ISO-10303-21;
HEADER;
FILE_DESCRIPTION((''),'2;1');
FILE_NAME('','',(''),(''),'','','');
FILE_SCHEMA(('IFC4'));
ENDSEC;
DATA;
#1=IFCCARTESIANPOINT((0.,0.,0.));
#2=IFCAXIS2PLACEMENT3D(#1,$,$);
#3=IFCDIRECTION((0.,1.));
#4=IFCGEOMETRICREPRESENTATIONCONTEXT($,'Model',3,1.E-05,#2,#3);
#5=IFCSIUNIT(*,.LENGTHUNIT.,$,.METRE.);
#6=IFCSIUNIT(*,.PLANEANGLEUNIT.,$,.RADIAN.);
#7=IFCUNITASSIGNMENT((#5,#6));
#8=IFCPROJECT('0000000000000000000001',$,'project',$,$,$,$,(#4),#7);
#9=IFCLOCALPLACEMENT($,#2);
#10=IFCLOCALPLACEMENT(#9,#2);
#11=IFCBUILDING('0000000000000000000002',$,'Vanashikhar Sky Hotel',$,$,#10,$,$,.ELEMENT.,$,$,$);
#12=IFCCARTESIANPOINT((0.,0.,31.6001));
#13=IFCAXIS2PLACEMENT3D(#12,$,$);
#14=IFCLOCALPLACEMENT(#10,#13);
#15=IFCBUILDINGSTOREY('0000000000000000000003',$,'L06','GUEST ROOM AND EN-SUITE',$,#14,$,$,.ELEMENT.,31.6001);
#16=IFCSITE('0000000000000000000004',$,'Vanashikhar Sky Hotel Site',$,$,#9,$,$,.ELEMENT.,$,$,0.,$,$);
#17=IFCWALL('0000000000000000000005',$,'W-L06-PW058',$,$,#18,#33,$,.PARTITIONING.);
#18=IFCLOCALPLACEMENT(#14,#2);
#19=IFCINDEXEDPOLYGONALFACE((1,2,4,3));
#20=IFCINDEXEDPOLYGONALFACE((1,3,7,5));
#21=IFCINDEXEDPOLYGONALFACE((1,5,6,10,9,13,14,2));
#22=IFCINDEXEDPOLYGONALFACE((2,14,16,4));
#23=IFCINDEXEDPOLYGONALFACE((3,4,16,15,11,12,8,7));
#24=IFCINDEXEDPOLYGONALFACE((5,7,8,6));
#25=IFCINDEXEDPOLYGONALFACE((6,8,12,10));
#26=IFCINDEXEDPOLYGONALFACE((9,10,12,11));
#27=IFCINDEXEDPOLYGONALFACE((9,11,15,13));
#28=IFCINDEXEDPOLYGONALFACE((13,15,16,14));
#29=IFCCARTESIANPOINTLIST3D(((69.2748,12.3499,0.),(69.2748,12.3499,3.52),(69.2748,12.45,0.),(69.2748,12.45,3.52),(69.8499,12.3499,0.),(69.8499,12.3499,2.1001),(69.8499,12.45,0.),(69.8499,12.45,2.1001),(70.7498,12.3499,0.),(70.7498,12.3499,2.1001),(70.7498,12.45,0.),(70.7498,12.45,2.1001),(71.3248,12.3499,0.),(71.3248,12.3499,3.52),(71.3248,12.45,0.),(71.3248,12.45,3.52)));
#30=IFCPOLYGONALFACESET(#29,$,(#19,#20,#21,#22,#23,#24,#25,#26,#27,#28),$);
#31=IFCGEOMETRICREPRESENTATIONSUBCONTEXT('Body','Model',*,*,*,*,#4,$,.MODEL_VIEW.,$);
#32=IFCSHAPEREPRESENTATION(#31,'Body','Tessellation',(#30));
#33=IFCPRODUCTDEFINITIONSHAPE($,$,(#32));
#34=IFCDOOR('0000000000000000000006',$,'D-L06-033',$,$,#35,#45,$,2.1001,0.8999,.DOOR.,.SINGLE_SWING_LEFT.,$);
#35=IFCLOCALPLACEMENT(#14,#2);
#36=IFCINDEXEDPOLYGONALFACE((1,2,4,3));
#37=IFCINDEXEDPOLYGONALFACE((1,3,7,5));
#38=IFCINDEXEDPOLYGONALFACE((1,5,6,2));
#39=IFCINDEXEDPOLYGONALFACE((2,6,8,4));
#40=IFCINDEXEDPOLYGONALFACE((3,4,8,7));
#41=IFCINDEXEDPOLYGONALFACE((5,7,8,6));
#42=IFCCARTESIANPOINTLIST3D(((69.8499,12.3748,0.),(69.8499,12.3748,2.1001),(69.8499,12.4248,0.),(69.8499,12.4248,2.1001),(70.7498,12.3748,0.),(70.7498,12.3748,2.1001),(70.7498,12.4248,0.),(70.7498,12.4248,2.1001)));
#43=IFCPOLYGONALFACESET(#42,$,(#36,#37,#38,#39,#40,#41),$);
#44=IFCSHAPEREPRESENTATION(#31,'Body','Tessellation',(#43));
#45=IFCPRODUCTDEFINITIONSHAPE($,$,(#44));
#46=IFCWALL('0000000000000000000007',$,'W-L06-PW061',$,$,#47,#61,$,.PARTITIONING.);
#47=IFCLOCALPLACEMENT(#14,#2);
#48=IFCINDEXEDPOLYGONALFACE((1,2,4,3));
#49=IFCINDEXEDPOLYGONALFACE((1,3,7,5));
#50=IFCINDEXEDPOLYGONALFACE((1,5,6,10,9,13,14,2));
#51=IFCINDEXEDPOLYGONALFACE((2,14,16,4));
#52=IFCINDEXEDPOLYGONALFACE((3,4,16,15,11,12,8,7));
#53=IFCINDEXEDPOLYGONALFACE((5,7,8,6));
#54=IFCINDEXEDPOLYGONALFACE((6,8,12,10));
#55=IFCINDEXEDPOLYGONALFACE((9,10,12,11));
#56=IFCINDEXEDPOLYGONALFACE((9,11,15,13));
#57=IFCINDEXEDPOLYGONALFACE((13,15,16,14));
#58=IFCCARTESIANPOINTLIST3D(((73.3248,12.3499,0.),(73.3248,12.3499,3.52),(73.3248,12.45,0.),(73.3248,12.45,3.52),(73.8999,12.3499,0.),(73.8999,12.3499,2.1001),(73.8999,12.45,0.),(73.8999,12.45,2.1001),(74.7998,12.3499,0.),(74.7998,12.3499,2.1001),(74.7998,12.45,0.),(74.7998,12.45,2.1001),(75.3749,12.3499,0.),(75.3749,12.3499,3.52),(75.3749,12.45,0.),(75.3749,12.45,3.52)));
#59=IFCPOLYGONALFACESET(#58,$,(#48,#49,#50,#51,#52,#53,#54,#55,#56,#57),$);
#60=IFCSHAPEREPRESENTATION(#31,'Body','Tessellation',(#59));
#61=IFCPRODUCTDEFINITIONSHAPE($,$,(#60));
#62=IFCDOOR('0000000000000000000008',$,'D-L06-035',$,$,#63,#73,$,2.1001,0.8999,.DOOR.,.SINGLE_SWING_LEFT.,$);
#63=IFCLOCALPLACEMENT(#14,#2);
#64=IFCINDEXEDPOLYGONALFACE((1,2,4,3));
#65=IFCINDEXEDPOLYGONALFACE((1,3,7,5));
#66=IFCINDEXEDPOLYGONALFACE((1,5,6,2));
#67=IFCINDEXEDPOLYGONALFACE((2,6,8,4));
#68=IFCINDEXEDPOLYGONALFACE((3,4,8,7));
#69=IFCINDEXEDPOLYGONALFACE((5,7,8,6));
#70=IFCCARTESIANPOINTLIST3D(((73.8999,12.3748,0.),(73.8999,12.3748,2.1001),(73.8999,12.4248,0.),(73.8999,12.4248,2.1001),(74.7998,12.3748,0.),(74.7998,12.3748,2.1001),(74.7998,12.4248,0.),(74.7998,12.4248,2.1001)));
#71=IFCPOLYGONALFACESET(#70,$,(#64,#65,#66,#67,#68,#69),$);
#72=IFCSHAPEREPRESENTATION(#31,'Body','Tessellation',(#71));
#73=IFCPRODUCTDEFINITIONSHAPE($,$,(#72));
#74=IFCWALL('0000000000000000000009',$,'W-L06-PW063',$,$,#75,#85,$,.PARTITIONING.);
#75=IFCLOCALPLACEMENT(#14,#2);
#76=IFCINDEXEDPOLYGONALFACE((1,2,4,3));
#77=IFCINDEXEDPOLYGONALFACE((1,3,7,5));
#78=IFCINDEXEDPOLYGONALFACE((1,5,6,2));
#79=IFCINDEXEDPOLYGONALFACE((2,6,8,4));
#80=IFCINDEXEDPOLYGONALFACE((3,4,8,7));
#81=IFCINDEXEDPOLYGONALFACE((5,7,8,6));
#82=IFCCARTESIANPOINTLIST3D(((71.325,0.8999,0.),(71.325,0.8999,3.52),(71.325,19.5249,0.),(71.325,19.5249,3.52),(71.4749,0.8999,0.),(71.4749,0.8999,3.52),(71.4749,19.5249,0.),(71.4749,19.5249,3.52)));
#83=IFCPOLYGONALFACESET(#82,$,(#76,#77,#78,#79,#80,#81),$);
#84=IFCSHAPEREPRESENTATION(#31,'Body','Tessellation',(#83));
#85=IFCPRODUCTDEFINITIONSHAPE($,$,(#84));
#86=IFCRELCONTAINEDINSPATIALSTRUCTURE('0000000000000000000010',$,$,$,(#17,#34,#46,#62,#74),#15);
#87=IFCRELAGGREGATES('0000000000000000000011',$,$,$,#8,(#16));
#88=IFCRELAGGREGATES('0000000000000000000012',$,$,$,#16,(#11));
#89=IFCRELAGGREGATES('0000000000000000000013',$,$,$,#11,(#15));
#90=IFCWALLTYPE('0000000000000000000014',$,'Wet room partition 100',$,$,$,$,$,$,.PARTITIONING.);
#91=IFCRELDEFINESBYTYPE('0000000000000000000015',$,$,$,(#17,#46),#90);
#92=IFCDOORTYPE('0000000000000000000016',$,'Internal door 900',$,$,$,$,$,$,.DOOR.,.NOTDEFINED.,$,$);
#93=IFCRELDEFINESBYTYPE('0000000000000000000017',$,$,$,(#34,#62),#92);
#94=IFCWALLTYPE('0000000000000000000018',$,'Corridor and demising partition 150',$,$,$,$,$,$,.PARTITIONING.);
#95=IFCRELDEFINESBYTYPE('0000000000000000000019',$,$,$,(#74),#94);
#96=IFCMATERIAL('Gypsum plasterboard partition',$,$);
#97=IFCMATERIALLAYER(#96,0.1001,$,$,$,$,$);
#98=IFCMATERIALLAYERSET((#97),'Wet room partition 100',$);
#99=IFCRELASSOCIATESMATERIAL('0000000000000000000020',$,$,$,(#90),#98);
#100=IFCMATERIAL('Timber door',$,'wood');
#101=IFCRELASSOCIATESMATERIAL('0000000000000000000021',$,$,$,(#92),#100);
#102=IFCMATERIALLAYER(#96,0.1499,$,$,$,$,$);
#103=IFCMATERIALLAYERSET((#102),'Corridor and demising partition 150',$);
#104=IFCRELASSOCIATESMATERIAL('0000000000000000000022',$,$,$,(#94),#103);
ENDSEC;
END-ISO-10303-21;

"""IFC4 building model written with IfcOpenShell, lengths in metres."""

from ifc_helpers import new_model, si_unit, direction, frame, frame_2d, origin, place, context, subcontext, project, spatial, rectangle, extrude, source, transform, mapped, material, layer, layer_set, type_object, element, fill, save


model = new_model("IFC4")

# Units and contexts
model_context = context("Model", 3, precision=1e-05, world=origin(), true_north=direction((0.0, 1.0)))
body_context = subcontext(model_context, "Body", "Model", "MODEL_VIEW")
ifc_project = project(units=[si_unit("LENGTHUNIT", "METRE"), si_unit("PLANEANGLEUNIT", "RADIAN")], contexts=[model_context])

# Site, building, storey
site_placement = place(None, origin())
site = spatial("IfcSite", under=ifc_project, at=site_placement, Name="Vanashikhar Sky Hotel Site", CompositionType="ELEMENT", RefElevation=0.0)
building_placement = place(site_placement, origin())
building = spatial("IfcBuilding", under=site, at=building_placement, Name="Vanashikhar Sky Hotel", CompositionType="ELEMENT")
storey_placement = place(building_placement, frame((0.0, 0.0, 31.6001)))
storey = spatial("IfcBuildingStorey", under=building, at=storey_placement, Name="L06", Description="GUEST ROOM AND EN-SUITE", CompositionType="ELEMENT", Elevation=31.6001)

# Walls, openings, doors
ifc_material_1 = material(Name="Gypsum plasterboard partition")
ifc_layer_1 = layer(ifc_material_1, 0.1001)
ifc_layer_set_1 = layer_set([ifc_layer_1], Name="Wet room partition 100")
wall_type_1 = type_object("IfcWallType", Name="Wet room partition 100", PredefinedType="PARTITIONING", material=ifc_layer_set_1)
shared_shape_1 = source(origin(), body_context, "Body", "SweptSolid", [
    extrude(rectangle(XDim=2.05, YDim=0.1001, at=frame_2d((1.0249, 0.0))), origin(), (0.0, 0.0, 1.0), 3.52),
])
shared_shape_2 = source(origin(), body_context, "Body", "SweptSolid", [
    extrude(rectangle(XDim=0.8999, YDim=2.1001, at=frame_2d((0.45, 1.05))), frame((0.0, 0.0601, 0.0), z_axis=(0.0, -1.0, 0.0), x_axis=(1.0, 0.0, 0.0)), (0.0, 0.0, 1.0), 0.1201),
])
ifc_material_2 = material(Name="Timber door", Category="wood")
door_type_1 = type_object("IfcDoorType", Name="Internal door 900", OperationType="NOTDEFINED", PredefinedType="DOOR", material=ifc_material_2)
shared_shape_3 = source(origin(), body_context, "Body", "SweptSolid", [
    extrude(rectangle(XDim=0.8999, YDim=2.1001, at=frame_2d((0.45, 1.05))), frame((0.0, 0.0249, 0.0), z_axis=(0.0, -1.0, 0.0), x_axis=(1.0, 0.0, 0.0)), (0.0, 0.0, 1.0), 0.05),
])
wall_1_placement = place(storey_placement, frame((69.2749, 12.3999, 0.0), z_axis=(0.0, 0.0, 1.0), x_axis=(1.0, 0.0, 0.0)))
wall_1 = element("IfcWall", 1, at=wall_1_placement, inside=storey, type_object=wall_type_1, Name="W-L06-PW058", PredefinedType="PARTITIONING", context=body_context, shape_type="MappedRepresentation", body=[
    mapped(shared_shape_1, transform((0.0, 0.0, 0.0), scale=1.0)),
])
opening_1_placement = place(wall_1_placement, frame((0.575, 0.0, 0.0)))
opening_1 = element("IfcOpeningElement", 2, at=opening_1_placement, cuts=wall_1, PredefinedType="OPENING", context=body_context, shape_type="MappedRepresentation", body=[
    mapped(shared_shape_2, transform((0.0, 0.0, 0.0), scale=1.0)),
])
door_1_placement = place(opening_1_placement, origin())
door_1 = element("IfcDoor", 3, at=door_1_placement, inside=storey, type_object=door_type_1, Name="D-L06-033", OperationType="SINGLE_SWING_LEFT", OverallHeight=2.1001, OverallWidth=0.8999, PredefinedType="DOOR", context=body_context, shape_type="MappedRepresentation", body=[
    mapped(shared_shape_3, transform((0.0, 0.0, 0.0), scale=1.0)),
])
fill(opening_1, door_1)
wall_2_placement = place(storey_placement, frame((73.325, 12.3999, 0.0), z_axis=(0.0, 0.0, 1.0), x_axis=(1.0, 0.0, 0.0)))
wall_2 = element("IfcWall", 4, at=wall_2_placement, inside=storey, type_object=wall_type_1, Name="W-L06-PW061", PredefinedType="PARTITIONING", context=body_context, shape_type="MappedRepresentation", body=[
    mapped(shared_shape_1, transform((0.0, 0.0, 0.0), scale=1.0)),
])
opening_2_placement = place(wall_2_placement, frame((0.575, 0.0, 0.0)))
opening_2 = element("IfcOpeningElement", 5, at=opening_2_placement, cuts=wall_2, PredefinedType="OPENING", context=body_context, shape_type="MappedRepresentation", body=[
    mapped(shared_shape_2, transform((0.0, 0.0, 0.0), scale=1.0)),
])
door_2_placement = place(opening_2_placement, origin())
door_2 = element("IfcDoor", 6, at=door_2_placement, inside=storey, type_object=door_type_1, Name="D-L06-035", OperationType="SINGLE_SWING_LEFT", OverallHeight=2.1001, OverallWidth=0.8999, PredefinedType="DOOR", context=body_context, shape_type="MappedRepresentation", body=[
    mapped(shared_shape_3, transform((0.0, 0.0, 0.0), scale=1.0)),
])
fill(opening_2, door_2)

# Wall
ifc_layer_2 = layer(ifc_material_1, 0.1499)
ifc_layer_set_2 = layer_set([ifc_layer_2], Name="Corridor and demising partition 150")
wall_type_2 = type_object("IfcWallType", Name="Corridor and demising partition 150", PredefinedType="PARTITIONING", material=ifc_layer_set_2)
shared_shape_4 = source(origin(), body_context, "Body", "SweptSolid", [
    extrude(rectangle(XDim=18.625, YDim=0.1499, at=frame_2d((9.3125, 0.0))), origin(), (0.0, 0.0, 1.0), 3.52),
])
wall_3_placement = place(storey_placement, frame((71.3999, 0.8999, 0.0), z_axis=(0.0, 0.0, 1.0), x_axis=(0.0, 1.0, 0.0)))
element("IfcWall", 7, at=wall_3_placement, inside=storey, type_object=wall_type_2, Name="W-L06-PW063", PredefinedType="PARTITIONING", context=body_context, shape_type="MappedRepresentation", body=[
    mapped(shared_shape_4, transform((0.0, 0.0, 0.0), scale=1.0)),
])

save(model, "model.ifc")
